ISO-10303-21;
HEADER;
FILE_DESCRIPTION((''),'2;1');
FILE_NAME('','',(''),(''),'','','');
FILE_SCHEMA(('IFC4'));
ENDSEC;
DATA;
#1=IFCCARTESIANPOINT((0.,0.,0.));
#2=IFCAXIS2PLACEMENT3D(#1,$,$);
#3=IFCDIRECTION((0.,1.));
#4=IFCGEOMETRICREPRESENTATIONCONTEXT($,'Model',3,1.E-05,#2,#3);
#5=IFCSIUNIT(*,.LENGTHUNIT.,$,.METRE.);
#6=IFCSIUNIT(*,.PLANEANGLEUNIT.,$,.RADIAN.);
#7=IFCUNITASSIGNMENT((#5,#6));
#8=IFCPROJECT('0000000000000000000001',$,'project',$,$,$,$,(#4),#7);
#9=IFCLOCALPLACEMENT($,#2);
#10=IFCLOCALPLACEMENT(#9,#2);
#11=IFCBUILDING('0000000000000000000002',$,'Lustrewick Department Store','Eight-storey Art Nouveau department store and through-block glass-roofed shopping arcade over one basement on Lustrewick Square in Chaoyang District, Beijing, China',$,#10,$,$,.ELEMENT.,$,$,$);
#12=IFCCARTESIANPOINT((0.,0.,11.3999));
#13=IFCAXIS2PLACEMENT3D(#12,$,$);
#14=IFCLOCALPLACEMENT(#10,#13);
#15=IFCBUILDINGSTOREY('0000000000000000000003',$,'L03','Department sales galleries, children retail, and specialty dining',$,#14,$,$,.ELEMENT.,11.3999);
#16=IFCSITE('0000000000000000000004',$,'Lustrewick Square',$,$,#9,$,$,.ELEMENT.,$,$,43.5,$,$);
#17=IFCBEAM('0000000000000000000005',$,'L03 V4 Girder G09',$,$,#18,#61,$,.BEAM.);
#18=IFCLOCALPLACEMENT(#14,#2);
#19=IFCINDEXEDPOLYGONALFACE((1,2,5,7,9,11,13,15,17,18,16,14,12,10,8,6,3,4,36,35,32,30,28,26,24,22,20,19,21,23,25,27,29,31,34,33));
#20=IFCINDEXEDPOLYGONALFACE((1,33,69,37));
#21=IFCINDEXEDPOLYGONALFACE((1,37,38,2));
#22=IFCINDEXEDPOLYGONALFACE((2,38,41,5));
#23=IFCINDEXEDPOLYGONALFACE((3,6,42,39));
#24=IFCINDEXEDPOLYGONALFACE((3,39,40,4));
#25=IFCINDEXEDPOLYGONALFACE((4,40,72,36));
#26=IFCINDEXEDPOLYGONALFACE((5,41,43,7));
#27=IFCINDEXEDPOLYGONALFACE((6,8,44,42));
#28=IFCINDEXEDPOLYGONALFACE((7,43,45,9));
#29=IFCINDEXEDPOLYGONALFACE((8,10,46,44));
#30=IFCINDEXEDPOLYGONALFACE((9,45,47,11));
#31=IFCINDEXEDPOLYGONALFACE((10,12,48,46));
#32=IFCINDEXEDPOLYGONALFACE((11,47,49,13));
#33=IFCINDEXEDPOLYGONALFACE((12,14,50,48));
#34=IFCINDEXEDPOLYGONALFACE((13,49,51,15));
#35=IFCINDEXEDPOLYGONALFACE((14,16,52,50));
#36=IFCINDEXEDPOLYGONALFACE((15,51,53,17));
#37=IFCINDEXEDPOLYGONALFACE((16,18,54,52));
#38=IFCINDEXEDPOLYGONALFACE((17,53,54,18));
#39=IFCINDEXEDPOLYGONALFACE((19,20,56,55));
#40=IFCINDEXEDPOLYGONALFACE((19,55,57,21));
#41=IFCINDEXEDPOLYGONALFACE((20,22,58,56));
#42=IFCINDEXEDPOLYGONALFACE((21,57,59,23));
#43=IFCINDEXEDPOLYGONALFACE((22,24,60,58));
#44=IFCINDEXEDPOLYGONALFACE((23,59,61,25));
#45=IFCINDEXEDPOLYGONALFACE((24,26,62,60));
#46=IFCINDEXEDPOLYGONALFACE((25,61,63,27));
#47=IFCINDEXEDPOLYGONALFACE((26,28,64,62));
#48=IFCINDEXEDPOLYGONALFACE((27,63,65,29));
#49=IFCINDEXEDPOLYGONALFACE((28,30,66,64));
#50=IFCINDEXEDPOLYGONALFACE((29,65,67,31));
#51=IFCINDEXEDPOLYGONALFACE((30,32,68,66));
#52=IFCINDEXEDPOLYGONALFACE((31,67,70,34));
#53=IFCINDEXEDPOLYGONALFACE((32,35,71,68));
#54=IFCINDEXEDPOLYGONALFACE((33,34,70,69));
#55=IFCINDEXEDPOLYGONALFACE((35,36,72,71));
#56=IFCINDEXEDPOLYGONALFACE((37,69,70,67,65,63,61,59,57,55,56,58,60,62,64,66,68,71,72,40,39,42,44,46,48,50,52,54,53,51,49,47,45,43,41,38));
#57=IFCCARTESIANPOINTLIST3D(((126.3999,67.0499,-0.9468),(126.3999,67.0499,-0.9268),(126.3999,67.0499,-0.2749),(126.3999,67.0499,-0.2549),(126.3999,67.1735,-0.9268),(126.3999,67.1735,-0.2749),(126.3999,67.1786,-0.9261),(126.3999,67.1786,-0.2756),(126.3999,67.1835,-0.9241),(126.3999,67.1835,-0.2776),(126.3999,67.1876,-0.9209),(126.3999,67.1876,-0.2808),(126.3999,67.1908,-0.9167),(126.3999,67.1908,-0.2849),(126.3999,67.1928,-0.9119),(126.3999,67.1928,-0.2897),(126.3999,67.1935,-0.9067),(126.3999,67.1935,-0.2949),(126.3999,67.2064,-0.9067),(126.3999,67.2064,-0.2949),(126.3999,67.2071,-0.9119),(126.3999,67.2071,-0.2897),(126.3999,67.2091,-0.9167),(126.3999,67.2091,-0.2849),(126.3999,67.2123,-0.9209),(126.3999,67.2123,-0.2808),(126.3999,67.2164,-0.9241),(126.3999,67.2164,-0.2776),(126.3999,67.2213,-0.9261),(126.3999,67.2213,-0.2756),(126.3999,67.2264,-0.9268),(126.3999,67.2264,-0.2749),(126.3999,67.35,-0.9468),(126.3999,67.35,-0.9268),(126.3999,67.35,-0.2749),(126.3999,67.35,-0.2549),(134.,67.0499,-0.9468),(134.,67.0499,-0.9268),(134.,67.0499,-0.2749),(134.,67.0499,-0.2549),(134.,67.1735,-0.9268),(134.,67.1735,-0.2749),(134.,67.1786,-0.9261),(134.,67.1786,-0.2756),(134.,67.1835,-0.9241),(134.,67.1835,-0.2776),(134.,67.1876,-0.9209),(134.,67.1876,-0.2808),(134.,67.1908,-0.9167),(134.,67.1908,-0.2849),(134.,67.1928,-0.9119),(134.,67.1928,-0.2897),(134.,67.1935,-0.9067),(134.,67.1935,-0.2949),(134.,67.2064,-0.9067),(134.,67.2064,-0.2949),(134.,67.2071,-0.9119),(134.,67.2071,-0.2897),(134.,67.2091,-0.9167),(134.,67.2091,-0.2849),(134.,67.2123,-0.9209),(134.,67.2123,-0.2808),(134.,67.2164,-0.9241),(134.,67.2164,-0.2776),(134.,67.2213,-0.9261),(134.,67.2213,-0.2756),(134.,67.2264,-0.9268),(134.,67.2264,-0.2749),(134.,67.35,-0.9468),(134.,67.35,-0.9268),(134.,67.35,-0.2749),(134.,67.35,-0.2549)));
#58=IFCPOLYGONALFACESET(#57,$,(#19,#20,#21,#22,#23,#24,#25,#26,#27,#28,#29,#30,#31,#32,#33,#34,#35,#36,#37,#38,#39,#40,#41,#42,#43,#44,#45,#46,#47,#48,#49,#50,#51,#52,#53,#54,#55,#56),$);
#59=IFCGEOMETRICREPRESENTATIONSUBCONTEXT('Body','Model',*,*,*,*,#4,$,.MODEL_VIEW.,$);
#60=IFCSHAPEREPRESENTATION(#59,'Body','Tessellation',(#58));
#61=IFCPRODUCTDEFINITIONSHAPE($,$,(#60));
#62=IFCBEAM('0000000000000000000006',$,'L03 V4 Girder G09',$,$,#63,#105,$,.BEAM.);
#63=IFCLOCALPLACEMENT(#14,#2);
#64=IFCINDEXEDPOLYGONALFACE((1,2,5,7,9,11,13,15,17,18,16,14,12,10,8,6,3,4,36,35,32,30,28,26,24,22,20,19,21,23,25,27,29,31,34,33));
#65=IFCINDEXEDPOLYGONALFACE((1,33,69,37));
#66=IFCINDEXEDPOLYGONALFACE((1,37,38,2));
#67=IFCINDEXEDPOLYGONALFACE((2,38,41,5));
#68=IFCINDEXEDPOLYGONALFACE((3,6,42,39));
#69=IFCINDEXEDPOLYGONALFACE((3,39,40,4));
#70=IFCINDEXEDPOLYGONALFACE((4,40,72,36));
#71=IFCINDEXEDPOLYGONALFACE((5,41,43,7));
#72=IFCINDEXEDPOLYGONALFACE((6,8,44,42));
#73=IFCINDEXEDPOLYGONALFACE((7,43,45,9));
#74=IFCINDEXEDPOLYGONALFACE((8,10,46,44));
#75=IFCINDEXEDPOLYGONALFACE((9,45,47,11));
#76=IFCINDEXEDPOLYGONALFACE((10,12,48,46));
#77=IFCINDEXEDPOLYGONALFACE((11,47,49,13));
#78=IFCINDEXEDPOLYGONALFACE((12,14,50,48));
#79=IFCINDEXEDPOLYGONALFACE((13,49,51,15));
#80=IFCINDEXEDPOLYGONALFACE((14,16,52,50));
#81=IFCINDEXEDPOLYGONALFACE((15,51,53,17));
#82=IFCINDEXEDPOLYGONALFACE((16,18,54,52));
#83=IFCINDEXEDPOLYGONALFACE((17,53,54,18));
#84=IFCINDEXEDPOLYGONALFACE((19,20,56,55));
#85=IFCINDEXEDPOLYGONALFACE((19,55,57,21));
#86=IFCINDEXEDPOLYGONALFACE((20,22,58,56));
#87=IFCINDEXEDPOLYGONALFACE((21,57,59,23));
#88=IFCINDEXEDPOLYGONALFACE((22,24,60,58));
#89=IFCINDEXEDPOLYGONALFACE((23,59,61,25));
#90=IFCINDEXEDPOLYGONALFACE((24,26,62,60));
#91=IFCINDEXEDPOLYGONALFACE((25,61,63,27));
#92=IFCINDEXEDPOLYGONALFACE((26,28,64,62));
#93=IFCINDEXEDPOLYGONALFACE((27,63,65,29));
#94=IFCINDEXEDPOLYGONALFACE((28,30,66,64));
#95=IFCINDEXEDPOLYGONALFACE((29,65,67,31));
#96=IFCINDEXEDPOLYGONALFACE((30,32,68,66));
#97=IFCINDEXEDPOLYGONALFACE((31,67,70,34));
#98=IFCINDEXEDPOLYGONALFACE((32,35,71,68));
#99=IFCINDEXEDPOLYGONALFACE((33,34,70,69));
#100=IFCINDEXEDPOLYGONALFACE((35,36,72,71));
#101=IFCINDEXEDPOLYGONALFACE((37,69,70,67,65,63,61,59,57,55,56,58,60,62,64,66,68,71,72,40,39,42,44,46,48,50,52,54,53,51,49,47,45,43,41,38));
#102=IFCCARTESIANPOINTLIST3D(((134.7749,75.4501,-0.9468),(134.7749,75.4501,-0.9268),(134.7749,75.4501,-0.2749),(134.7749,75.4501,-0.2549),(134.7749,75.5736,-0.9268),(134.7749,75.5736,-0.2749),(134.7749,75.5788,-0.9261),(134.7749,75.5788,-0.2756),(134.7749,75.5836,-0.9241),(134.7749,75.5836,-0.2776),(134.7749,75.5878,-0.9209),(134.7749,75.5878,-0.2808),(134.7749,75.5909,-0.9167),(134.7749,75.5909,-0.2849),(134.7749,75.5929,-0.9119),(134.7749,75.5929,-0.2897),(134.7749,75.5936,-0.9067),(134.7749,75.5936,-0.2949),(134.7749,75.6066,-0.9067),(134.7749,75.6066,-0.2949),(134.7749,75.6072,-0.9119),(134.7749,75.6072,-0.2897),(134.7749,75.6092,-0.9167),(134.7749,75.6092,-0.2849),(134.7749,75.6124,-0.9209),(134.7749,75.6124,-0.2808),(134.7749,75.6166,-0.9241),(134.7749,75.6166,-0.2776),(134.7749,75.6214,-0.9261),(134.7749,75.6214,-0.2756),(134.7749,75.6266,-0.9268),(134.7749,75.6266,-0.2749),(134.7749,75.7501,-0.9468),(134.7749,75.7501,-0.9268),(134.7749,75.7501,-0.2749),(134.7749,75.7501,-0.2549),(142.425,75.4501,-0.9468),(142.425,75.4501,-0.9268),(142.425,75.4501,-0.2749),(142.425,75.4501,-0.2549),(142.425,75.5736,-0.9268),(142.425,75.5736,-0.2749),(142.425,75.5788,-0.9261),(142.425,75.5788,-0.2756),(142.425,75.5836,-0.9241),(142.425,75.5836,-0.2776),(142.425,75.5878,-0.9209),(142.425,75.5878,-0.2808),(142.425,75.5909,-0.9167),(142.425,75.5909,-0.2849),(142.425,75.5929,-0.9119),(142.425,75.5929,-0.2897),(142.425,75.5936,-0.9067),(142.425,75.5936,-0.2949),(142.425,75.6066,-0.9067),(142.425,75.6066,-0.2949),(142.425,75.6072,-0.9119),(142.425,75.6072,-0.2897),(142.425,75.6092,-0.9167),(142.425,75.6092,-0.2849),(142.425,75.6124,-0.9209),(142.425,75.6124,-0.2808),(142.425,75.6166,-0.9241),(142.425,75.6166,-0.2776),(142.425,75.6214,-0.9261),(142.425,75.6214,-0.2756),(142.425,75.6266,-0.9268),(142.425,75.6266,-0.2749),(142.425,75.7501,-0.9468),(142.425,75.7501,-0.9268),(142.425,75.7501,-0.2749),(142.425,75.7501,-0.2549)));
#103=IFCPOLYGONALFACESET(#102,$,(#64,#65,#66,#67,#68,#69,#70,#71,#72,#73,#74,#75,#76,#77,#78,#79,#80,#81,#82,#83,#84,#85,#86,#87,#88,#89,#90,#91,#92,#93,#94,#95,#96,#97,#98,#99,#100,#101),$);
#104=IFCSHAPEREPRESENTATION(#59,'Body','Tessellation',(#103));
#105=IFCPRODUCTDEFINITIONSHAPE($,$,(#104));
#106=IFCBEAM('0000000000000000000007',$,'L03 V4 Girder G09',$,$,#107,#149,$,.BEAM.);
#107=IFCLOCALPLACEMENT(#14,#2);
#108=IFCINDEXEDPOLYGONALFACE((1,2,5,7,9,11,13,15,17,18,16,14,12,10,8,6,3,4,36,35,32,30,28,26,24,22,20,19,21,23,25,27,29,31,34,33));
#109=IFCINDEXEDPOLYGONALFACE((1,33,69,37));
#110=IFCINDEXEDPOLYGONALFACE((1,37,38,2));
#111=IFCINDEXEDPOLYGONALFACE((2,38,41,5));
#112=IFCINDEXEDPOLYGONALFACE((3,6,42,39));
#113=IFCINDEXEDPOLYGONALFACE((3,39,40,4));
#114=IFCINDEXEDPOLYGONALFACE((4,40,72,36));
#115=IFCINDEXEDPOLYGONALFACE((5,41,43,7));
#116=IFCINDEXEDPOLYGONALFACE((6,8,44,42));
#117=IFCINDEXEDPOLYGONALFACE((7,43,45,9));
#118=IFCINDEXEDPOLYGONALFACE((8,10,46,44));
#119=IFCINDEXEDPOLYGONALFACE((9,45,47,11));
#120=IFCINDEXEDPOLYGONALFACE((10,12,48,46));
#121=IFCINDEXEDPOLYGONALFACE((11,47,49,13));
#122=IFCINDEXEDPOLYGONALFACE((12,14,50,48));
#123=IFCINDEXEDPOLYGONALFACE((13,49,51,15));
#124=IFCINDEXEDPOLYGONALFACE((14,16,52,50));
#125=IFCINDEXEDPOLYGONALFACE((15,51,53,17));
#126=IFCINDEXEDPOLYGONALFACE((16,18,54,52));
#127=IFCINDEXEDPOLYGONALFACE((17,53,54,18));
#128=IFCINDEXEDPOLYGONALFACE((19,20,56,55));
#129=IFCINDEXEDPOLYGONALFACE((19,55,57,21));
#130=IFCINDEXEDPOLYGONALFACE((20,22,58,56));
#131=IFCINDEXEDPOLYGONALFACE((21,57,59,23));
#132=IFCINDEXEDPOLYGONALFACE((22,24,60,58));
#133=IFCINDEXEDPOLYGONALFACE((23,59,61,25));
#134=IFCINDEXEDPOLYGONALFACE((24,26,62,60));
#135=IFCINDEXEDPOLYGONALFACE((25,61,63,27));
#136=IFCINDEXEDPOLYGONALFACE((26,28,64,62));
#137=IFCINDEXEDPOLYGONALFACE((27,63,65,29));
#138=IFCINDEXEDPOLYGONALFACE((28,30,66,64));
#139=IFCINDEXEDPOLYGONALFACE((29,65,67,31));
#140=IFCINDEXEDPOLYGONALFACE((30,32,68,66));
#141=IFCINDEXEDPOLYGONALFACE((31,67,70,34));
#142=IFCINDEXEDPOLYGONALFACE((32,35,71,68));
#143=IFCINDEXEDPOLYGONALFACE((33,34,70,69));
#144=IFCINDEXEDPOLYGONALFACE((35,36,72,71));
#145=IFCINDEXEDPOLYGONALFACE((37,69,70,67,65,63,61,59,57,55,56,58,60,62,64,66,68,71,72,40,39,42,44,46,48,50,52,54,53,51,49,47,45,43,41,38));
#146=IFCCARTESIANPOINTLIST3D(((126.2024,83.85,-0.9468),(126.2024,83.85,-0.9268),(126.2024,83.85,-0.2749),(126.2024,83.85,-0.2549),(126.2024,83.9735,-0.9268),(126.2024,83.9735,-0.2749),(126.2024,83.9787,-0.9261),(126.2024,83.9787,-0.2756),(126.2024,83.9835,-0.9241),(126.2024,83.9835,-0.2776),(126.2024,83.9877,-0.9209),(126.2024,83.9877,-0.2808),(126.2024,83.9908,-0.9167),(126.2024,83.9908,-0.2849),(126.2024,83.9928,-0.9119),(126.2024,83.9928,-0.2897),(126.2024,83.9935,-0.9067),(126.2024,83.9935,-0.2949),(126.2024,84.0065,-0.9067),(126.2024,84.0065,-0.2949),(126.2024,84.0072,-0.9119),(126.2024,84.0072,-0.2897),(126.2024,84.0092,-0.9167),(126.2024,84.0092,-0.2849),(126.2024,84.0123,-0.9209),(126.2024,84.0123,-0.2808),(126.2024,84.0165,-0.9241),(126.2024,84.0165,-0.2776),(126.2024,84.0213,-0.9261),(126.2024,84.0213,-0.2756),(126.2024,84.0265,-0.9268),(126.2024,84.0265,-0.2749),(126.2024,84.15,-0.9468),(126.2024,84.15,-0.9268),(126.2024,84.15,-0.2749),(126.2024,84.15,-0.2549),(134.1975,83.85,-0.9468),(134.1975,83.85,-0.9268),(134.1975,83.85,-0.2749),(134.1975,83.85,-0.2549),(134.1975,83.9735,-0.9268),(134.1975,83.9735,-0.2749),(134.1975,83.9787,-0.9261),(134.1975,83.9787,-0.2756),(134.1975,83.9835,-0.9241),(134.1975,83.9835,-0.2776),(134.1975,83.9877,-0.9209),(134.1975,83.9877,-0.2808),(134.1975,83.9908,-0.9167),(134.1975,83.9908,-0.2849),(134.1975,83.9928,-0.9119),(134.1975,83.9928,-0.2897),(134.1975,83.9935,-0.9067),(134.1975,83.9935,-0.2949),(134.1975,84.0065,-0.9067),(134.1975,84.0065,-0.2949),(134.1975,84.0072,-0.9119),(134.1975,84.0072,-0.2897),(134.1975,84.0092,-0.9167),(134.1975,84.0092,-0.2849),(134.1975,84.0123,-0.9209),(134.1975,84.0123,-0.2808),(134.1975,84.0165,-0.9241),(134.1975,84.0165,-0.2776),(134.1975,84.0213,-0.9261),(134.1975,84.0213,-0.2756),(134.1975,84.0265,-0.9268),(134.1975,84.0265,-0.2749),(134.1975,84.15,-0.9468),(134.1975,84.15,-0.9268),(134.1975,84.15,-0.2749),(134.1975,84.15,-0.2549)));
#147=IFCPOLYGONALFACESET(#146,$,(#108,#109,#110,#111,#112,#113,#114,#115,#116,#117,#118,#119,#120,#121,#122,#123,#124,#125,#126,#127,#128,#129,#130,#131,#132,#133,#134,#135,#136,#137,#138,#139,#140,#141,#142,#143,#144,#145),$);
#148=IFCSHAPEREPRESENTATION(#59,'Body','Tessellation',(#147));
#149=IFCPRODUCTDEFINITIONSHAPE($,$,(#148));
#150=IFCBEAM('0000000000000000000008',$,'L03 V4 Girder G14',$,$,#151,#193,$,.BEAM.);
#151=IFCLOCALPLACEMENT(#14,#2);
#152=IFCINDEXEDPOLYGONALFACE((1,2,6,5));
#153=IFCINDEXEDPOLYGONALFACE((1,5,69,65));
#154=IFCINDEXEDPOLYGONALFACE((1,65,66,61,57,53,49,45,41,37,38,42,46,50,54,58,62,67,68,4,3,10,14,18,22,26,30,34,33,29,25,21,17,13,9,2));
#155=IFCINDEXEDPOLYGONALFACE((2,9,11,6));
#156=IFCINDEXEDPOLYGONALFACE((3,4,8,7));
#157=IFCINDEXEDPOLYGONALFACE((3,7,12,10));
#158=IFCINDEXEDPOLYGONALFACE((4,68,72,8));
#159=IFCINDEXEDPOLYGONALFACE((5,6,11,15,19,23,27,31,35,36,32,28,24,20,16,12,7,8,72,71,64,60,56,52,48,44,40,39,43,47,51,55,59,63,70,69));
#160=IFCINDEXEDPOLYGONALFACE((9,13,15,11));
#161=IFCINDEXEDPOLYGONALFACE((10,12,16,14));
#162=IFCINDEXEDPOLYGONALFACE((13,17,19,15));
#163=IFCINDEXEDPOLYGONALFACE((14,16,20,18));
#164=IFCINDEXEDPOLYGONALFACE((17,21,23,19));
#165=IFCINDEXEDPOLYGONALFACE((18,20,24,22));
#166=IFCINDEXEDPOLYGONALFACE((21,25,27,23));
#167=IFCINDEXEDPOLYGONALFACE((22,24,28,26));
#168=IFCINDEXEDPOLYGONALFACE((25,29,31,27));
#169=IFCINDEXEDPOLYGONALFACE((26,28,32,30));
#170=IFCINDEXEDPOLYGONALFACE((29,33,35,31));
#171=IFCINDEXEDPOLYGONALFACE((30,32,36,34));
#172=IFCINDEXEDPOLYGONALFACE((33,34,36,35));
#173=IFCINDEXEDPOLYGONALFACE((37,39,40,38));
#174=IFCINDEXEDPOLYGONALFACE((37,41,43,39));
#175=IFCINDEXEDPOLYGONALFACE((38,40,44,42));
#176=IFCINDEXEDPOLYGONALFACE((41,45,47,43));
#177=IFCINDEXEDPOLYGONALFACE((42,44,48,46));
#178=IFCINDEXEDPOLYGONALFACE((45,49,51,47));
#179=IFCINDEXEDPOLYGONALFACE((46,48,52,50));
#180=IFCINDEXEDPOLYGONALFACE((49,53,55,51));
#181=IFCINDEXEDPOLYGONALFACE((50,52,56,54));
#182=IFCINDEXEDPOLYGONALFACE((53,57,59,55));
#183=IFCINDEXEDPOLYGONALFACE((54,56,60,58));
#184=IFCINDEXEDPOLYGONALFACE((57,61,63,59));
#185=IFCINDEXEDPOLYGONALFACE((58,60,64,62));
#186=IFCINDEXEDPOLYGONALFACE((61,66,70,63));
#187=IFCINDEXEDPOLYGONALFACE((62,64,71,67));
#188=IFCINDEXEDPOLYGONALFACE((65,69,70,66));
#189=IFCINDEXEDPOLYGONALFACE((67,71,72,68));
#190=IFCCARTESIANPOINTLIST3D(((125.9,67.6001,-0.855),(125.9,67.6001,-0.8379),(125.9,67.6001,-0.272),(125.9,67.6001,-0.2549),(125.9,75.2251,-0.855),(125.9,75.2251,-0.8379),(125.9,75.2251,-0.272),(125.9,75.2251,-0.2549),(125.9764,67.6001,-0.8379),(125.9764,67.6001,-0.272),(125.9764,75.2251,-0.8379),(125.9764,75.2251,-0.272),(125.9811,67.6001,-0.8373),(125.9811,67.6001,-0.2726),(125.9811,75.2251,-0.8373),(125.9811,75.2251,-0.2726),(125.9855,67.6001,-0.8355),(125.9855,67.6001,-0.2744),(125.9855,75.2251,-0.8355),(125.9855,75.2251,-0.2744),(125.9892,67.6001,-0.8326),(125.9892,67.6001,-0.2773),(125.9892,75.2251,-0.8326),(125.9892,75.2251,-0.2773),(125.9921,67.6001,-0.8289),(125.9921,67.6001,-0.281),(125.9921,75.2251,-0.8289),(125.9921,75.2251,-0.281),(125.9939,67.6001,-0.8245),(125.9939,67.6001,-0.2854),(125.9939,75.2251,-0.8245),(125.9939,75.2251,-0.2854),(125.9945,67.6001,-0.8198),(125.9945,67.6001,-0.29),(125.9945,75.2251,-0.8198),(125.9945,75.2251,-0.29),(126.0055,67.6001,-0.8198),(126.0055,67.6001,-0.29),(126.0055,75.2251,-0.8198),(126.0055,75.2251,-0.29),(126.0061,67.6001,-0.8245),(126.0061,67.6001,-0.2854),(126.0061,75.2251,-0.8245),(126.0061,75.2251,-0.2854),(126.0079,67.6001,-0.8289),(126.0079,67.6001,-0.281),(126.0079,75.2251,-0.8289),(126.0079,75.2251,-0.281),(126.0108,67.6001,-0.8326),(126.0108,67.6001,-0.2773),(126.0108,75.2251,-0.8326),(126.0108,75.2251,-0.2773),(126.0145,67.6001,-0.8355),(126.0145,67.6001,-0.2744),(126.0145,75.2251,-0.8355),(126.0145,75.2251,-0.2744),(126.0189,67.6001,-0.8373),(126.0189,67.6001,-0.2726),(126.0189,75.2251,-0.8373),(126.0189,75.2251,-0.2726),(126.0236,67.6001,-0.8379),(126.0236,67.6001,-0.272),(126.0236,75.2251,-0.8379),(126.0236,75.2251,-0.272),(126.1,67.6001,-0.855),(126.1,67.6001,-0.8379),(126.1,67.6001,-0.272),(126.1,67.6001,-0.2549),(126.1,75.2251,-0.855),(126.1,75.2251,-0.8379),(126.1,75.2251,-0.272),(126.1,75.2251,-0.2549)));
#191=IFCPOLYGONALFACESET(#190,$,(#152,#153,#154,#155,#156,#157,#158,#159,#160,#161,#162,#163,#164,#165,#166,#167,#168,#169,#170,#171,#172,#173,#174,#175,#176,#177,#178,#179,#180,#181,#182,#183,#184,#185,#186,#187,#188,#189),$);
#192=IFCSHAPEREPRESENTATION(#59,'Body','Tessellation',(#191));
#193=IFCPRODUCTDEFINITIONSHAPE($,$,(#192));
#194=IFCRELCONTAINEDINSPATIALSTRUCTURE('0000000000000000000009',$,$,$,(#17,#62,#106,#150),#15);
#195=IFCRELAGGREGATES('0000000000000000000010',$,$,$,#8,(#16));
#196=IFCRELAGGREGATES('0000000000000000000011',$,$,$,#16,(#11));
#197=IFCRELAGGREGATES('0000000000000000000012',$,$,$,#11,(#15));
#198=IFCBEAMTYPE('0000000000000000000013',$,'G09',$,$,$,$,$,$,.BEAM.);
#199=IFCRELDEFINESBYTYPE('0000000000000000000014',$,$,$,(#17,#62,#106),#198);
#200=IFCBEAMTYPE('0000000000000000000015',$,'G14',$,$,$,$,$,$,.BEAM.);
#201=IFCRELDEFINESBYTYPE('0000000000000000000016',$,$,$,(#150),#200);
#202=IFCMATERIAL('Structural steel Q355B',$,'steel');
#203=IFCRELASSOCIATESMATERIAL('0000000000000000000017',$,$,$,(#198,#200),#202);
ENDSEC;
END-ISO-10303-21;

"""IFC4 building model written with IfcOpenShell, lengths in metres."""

from ifc_helpers import new_model, si_unit, direction, frame, origin, origin_2d, place, context, subcontext, project, spatial, i_section, extrude, material, material_profile, profile_set, type_object, element, save


model = new_model("IFC4")

# Units and contexts
model_context = context("Model", 3, precision=1e-05, world=origin(), true_north=direction((0.0, 1.0)))
body_context = subcontext(model_context, "Body", "Model", "MODEL_VIEW")
ifc_project = project(units=[si_unit("LENGTHUNIT", "METRE"), si_unit("PLANEANGLEUNIT", "RADIAN")], contexts=[model_context])

# Site, building, storey
site_placement = place(None, origin())
site = spatial("IfcSite", under=ifc_project, at=site_placement, Name="Lustrewick Square", CompositionType="ELEMENT", RefElevation=43.5)
building_placement = place(site_placement, origin())
building = spatial("IfcBuilding", under=site, at=building_placement, Name="Lustrewick Department Store", Description="Eight-storey Art Nouveau department store and through-block glass-roofed shopping arcade over one basement on Lustrewick Square in Chaoyang District, Beijing, China", CompositionType="ELEMENT")
storey_placement = place(building_placement, frame((0.0, 0.0, 11.3999)))
storey = spatial("IfcBuildingStorey", under=building, at=storey_placement, Name="L03", Description="Department sales galleries, children retail, and specialty dining", CompositionType="ELEMENT", Elevation=11.3999)

# Shared definitions
ifc_material_1 = material(Name="Structural steel Q355B", Category="steel")

# Beams
ifc_material_profile_1 = material_profile(ifc_material_1, i_section(OverallWidth=0.3, OverallDepth=0.6919, WebThickness=0.0129, FlangeThickness=0.02, FilletRadius=0.02, at=origin_2d()), Name="HN 692x300x13x20")
ifc_profile_set_1 = profile_set([ifc_material_profile_1], Name="Structural steel Q355B")
beam_type_1 = type_object("IfcBeamType", Name="G09", PredefinedType="BEAM", material=ifc_profile_set_1)
beam_1_placement = place(storey_placement, frame((126.3999, 67.2, -0.6008), z_axis=(1.0, 0.0, 0.0), x_axis=(0.0, 1.0, 0.0)))
element("IfcBeam", 1, at=beam_1_placement, inside=storey, type_object=beam_type_1, Name="L03 V4 Girder G09", PredefinedType="BEAM", context=body_context, shape_type="SweptSolid", body=[
    extrude(i_section(OverallWidth=0.3, OverallDepth=0.6919, WebThickness=0.0129, FlangeThickness=0.02, FilletRadius=0.02, at=origin_2d()), origin(), (0.0, 0.0, 1.0), 7.6001),
])
beam_2_placement = place(storey_placement, frame((134.7749, 75.6001, -0.6008), z_axis=(1.0, 0.0, 0.0), x_axis=(0.0, 1.0, 0.0)))
element("IfcBeam", 2, at=beam_2_placement, inside=storey, type_object=beam_type_1, Name="L03 V4 Girder G09", PredefinedType="BEAM", context=body_context, shape_type="SweptSolid", body=[
    extrude(i_section(OverallWidth=0.3, OverallDepth=0.6919, WebThickness=0.0129, FlangeThickness=0.02, FilletRadius=0.02, at=origin_2d()), origin(), (0.0, 0.0, 1.0), 7.6501),
])
beam_3_placement = place(storey_placement, frame((126.2024, 84.0, -0.6008), z_axis=(1.0, 0.0, 0.0), x_axis=(0.0, 1.0, 0.0)))
element("IfcBeam", 3, at=beam_3_placement, inside=storey, type_object=beam_type_1, Name="L03 V4 Girder G09", PredefinedType="BEAM", context=body_context, shape_type="SweptSolid", body=[
    extrude(i_section(OverallWidth=0.3, OverallDepth=0.6919, WebThickness=0.0129, FlangeThickness=0.02, FilletRadius=0.02, at=origin_2d()), origin(), (0.0, 0.0, 1.0), 7.9951),
])
ifc_material_profile_2 = material_profile(ifc_material_1, i_section(OverallWidth=0.2, OverallDepth=0.6001, WebThickness=0.011, FlangeThickness=0.0171, FilletRadius=0.0181, at=origin_2d()), Name="HN 600x200x11x17")
ifc_profile_set_2 = profile_set([ifc_material_profile_2], Name="Structural steel Q355B")
beam_type_2 = type_object("IfcBeamType", Name="G14", PredefinedType="BEAM", material=ifc_profile_set_2)
beam_4_placement = place(storey_placement, frame((126.0, 67.6001, -0.5549), z_axis=(0.0, 1.0, 0.0), x_axis=(-1.0, 0.0, 0.0)))
element("IfcBeam", 4, at=beam_4_placement, inside=storey, type_object=beam_type_2, Name="L03 V4 Girder G14", PredefinedType="BEAM", context=body_context, shape_type="SweptSolid", body=[
    extrude(i_section(OverallWidth=0.2, OverallDepth=0.6001, WebThickness=0.011, FlangeThickness=0.0171, FilletRadius=0.0181, at=origin_2d()), origin(), (0.0, 0.0, 1.0), 7.625),
])

save(model, "model.ifc")
